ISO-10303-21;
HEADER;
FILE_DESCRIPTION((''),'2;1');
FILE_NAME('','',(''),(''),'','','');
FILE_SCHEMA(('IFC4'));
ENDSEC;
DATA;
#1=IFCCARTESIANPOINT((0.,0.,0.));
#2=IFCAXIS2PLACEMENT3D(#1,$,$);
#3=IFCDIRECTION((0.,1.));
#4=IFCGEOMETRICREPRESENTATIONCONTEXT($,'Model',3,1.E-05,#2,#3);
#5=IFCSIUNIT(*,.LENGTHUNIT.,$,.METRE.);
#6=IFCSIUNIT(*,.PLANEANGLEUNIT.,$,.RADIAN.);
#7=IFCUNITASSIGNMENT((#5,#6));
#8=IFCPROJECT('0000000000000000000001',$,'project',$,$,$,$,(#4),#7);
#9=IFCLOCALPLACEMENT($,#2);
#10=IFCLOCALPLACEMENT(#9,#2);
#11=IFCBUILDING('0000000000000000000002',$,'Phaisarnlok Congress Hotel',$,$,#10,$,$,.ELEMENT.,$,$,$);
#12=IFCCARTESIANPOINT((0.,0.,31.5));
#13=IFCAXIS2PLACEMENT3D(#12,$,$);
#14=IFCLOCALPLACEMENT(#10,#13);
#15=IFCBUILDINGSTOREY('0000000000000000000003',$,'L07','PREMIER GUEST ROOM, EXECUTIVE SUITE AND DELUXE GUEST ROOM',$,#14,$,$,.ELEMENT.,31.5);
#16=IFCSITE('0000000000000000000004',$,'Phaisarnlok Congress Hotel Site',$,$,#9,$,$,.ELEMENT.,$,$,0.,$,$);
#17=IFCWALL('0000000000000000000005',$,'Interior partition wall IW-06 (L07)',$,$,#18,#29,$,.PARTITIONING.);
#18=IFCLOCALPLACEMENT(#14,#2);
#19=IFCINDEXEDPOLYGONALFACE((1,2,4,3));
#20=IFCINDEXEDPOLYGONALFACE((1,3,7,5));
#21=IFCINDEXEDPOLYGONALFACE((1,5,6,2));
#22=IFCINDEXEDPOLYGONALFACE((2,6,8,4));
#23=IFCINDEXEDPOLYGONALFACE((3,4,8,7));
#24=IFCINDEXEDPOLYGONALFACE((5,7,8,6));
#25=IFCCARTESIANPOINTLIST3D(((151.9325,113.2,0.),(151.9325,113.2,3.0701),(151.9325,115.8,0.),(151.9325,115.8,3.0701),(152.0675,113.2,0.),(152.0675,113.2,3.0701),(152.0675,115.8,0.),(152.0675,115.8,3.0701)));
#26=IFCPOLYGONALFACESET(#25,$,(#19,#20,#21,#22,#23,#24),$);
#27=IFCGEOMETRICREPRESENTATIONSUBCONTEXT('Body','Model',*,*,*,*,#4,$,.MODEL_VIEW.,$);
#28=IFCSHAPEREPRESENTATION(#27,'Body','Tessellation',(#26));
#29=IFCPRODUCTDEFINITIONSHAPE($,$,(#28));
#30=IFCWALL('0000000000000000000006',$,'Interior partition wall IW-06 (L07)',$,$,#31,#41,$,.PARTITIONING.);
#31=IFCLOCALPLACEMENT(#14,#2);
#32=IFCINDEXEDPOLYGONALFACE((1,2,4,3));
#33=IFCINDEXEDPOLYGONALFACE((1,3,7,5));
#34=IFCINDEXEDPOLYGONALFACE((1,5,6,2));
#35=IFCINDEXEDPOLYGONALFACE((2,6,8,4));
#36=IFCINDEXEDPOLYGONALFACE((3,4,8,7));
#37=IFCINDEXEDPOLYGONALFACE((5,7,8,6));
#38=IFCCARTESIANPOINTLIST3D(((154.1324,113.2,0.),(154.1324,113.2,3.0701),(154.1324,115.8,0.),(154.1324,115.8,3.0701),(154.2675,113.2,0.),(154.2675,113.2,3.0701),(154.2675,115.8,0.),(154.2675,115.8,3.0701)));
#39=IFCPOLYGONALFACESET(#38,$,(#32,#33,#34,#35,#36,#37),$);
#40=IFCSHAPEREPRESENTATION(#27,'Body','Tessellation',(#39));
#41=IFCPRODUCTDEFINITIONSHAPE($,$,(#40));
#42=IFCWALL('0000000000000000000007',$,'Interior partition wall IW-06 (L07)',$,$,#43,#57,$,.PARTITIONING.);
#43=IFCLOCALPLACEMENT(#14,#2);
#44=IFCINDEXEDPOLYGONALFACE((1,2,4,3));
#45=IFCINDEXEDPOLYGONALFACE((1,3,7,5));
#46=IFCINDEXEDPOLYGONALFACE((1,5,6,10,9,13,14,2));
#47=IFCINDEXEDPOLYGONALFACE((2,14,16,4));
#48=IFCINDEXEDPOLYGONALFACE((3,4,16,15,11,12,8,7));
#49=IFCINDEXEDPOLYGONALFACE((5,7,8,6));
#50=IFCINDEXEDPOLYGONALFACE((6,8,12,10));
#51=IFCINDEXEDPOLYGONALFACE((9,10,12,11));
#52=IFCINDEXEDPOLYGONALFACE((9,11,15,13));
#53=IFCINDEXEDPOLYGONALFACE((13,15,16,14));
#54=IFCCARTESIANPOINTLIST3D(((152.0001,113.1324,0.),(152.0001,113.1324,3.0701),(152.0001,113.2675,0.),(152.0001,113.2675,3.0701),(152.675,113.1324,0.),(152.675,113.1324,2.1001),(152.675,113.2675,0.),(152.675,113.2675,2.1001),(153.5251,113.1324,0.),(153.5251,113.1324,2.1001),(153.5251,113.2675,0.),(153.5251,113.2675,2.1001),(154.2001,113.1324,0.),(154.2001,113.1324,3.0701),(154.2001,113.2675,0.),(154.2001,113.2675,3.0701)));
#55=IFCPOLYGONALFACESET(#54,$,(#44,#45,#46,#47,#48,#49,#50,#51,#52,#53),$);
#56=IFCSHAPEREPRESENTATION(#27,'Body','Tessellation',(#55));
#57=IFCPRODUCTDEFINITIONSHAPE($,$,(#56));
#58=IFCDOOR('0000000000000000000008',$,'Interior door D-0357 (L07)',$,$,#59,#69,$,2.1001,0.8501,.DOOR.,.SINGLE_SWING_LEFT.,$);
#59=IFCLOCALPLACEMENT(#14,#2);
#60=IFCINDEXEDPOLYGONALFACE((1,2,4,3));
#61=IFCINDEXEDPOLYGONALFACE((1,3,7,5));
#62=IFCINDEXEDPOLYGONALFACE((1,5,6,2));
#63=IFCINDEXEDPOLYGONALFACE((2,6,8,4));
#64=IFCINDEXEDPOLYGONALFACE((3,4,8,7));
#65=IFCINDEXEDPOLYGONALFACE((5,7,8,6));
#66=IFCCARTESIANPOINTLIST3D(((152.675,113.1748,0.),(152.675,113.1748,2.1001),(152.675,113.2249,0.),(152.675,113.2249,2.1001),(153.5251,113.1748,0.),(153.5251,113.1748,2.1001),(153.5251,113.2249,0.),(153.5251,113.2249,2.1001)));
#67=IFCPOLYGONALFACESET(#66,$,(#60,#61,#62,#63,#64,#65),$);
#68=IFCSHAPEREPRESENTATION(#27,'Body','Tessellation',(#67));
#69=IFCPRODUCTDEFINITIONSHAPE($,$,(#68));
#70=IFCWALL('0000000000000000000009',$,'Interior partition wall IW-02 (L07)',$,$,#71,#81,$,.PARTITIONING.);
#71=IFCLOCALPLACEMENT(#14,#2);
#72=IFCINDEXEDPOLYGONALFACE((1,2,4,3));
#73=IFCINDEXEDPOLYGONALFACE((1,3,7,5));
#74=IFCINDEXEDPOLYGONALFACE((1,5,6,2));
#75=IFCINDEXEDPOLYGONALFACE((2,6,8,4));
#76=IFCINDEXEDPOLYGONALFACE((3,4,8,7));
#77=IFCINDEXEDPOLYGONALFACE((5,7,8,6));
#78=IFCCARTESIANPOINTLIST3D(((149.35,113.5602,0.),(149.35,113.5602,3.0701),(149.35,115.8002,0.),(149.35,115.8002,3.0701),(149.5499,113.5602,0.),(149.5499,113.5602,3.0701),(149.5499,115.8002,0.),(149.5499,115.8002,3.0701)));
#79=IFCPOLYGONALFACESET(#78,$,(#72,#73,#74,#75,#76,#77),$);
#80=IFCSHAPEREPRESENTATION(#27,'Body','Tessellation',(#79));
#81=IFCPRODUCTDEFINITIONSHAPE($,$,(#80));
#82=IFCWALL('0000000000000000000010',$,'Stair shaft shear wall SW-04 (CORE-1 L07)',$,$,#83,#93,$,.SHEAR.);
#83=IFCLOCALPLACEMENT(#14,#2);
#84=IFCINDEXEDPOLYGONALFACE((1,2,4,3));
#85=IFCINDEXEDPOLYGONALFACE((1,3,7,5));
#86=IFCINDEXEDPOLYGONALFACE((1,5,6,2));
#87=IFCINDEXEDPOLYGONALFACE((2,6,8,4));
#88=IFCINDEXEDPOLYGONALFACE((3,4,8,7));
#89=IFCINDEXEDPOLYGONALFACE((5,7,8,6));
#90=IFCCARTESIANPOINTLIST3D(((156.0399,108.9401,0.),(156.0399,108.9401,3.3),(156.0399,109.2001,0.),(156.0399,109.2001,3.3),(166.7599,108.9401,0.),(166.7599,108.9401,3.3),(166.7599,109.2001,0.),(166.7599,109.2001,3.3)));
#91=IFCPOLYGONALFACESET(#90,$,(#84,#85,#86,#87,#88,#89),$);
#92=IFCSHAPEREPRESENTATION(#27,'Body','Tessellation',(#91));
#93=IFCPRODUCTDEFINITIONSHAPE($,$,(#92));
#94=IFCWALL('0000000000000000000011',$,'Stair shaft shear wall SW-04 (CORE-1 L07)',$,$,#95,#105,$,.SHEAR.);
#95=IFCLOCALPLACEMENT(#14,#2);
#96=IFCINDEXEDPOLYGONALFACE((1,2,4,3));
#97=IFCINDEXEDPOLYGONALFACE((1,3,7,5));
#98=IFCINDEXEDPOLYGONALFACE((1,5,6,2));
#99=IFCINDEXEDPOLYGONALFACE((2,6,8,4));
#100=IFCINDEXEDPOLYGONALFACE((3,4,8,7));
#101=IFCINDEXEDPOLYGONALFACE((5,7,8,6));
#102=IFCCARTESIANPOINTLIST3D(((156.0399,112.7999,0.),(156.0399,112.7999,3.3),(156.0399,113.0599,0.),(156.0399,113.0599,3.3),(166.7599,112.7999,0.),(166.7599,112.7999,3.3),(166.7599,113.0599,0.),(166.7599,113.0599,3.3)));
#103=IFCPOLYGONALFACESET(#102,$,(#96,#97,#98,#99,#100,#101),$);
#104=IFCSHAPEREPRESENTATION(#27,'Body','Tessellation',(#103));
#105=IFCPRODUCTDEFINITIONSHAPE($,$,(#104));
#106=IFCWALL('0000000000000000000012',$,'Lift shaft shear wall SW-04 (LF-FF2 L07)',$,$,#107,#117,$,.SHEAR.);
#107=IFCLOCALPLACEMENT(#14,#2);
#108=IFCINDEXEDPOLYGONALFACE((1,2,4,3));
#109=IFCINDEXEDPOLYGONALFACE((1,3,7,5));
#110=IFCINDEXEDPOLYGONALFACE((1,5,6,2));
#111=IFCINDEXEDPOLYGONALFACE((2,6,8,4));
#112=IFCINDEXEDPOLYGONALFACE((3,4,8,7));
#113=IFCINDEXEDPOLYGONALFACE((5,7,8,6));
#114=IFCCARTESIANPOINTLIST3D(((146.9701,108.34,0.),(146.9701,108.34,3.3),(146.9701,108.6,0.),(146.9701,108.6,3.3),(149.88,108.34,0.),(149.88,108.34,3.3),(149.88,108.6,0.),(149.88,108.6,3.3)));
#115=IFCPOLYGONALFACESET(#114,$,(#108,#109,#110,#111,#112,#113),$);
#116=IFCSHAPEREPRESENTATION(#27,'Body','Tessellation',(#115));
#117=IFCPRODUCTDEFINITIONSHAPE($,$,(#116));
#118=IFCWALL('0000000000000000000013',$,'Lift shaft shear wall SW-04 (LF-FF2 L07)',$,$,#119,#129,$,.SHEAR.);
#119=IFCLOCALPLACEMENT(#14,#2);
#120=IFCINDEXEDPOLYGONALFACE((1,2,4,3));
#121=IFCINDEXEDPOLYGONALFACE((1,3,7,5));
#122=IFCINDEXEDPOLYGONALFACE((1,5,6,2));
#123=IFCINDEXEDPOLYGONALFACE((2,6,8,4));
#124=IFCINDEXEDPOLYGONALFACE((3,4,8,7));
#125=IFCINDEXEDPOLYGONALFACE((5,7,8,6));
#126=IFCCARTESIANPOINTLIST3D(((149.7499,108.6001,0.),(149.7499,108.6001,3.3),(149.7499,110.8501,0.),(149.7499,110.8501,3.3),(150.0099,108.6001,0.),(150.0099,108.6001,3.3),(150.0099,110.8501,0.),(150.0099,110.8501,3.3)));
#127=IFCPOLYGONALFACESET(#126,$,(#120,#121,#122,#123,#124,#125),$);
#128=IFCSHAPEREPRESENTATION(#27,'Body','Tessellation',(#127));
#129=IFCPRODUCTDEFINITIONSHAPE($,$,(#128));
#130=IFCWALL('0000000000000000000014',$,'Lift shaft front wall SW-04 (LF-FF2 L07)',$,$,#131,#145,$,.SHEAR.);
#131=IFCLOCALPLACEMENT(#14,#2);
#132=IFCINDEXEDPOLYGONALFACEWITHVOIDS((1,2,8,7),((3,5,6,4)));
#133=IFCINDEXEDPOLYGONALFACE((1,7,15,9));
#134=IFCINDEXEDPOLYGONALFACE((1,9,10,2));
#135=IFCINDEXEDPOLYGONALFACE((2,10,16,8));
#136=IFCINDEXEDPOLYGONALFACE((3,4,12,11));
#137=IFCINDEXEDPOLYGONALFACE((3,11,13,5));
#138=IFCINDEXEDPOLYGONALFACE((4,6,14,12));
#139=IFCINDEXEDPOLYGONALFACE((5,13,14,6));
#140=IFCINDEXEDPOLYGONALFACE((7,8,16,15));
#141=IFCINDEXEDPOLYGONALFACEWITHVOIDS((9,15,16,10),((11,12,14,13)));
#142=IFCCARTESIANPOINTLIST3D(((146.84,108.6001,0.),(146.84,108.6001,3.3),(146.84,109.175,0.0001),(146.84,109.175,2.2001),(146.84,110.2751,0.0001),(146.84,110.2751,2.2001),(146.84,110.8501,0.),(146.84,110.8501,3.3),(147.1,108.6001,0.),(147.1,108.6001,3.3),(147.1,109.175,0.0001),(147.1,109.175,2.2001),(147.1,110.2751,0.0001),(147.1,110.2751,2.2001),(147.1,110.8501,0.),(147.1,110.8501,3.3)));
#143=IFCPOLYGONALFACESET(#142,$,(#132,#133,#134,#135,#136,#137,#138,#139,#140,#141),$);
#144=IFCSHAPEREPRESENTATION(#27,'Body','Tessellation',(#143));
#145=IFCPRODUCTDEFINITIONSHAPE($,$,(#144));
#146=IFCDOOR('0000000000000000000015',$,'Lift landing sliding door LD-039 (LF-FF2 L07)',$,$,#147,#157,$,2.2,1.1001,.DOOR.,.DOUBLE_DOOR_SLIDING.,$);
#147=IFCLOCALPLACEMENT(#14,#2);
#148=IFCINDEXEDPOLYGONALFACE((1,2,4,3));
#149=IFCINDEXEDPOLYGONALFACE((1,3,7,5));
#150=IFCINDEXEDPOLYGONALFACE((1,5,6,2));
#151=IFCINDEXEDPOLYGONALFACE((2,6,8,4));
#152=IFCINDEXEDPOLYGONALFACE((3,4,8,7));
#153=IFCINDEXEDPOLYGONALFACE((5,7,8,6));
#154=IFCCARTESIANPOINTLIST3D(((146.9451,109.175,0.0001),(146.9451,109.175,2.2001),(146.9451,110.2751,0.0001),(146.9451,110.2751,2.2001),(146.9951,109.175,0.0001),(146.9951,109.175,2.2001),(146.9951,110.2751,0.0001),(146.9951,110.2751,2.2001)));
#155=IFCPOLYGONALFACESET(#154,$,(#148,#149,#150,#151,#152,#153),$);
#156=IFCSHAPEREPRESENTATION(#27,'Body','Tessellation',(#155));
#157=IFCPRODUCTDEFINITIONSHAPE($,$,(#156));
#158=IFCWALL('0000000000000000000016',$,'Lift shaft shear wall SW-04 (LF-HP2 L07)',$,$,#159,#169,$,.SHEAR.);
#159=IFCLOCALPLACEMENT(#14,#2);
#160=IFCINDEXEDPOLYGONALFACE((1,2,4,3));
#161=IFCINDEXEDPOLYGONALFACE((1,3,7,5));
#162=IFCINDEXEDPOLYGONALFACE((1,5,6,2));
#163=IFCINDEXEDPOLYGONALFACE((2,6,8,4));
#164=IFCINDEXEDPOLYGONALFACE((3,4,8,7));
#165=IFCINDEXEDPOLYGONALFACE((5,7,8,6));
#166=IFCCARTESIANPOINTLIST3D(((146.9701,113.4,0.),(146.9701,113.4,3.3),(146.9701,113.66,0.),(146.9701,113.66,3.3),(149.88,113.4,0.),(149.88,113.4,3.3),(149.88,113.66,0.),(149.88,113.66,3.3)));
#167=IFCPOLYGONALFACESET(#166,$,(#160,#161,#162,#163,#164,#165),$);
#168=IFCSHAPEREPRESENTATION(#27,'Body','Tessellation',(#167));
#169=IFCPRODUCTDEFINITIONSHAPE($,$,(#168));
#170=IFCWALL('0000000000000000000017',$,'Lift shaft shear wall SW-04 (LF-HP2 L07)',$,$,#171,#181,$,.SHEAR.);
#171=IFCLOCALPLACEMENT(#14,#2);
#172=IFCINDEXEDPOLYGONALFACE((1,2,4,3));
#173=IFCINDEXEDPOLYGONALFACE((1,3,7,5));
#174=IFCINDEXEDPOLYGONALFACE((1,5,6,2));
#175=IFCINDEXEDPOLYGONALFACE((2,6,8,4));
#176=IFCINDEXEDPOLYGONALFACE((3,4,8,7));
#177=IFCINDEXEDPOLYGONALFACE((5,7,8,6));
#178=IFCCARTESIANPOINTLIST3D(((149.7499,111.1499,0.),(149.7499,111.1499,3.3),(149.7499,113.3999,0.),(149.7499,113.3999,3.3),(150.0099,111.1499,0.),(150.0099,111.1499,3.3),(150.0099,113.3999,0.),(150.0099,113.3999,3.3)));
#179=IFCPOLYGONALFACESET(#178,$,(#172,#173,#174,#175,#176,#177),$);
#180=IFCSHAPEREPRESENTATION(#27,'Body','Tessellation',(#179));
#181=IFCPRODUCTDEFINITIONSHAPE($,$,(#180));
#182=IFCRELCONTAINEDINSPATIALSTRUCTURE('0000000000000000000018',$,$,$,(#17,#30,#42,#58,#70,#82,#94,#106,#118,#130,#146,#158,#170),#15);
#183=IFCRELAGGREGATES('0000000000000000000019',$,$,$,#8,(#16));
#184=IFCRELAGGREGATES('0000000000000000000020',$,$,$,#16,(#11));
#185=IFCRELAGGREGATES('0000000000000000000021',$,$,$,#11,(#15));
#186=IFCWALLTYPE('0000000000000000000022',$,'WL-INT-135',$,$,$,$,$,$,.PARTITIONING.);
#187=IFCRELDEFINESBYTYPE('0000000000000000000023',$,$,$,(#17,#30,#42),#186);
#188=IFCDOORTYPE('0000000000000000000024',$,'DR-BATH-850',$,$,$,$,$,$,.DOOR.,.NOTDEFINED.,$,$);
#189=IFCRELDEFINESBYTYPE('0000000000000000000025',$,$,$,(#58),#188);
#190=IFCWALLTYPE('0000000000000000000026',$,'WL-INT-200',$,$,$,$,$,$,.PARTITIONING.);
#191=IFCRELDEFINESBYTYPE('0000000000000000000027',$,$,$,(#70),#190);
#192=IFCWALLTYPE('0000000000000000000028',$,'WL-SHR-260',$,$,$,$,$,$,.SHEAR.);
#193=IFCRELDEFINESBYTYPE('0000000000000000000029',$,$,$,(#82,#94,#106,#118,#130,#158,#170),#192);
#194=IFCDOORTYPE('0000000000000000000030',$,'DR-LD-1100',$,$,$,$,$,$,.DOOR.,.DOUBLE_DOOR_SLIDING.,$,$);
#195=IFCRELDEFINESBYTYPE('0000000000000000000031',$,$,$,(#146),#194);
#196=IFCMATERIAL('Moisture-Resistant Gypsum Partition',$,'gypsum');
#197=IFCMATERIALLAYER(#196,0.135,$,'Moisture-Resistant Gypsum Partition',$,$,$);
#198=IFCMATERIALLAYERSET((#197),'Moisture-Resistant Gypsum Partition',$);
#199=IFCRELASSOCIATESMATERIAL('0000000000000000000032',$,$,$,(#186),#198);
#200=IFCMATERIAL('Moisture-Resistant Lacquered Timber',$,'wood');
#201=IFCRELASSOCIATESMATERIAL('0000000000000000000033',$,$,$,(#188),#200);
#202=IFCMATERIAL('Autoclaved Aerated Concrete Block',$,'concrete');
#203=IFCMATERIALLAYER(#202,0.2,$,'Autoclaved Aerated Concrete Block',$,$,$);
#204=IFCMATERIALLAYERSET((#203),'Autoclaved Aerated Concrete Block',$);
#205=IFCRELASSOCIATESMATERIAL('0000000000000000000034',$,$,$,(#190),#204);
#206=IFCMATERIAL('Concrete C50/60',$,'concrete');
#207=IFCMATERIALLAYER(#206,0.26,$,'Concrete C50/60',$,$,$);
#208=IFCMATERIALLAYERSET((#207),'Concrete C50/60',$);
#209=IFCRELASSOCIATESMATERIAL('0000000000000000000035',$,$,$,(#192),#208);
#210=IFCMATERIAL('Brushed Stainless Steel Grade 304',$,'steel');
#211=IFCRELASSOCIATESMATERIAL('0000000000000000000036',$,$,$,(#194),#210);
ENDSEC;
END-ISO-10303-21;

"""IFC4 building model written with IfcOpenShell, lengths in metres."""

from ifc_helpers import new_model, si_unit, direction, frame, frame_2d, origin, place, context, subcontext, project, spatial, rectangle, extrude, material, layer, layer_set, type_object, element, fill, save


model = new_model("IFC4")

# Units and contexts
model_context = context("Model", 3, precision=1e-05, world=origin(), true_north=direction((0.0, 1.0)))
body_context = subcontext(model_context, "Body", "Model", "MODEL_VIEW")
ifc_project = project(units=[si_unit("LENGTHUNIT", "METRE"), si_unit("PLANEANGLEUNIT", "RADIAN")], contexts=[model_context])

# Site, building, storey
site_placement = place(None, origin())
site = spatial("IfcSite", under=ifc_project, at=site_placement, Name="Phaisarnlok Congress Hotel Site", CompositionType="ELEMENT", RefElevation=0.0)
building_placement = place(site_placement, origin())
building = spatial("IfcBuilding", under=site, at=building_placement, Name="Phaisarnlok Congress Hotel", CompositionType="ELEMENT")
storey_placement = place(building_placement, frame((0.0, 0.0, 31.5)))
storey = spatial("IfcBuildingStorey", under=building, at=storey_placement, Name="L07", Description="PREMIER GUEST ROOM, EXECUTIVE SUITE AND DELUXE GUEST ROOM", CompositionType="ELEMENT", Elevation=31.5)

# Shared definitions
ifc_material_1 = material(Name="Concrete C50/60", Category="concrete")

# Walls
ifc_material_2 = material(Name="Moisture-Resistant Gypsum Partition", Category="gypsum")
ifc_layer_1 = layer(ifc_material_2, 0.135, Name="Moisture-Resistant Gypsum Partition")
ifc_layer_set_1 = layer_set([ifc_layer_1], Name="Moisture-Resistant Gypsum Partition")
wall_type_1 = type_object("IfcWallType", Name="WL-INT-135", PredefinedType="PARTITIONING", material=ifc_layer_set_1)
for number, where, z_axis, x_axis, name in (
    (1, (152.0, 113.2, 0.0), (0.0, 0.0, 1.0), (0.0, 1.0, 0.0), "Interior partition wall IW-06 (L07)"),
    (2, (154.2, 113.2, 0.0), (0.0, 0.0, 1.0), (0.0, 1.0, 0.0), "Interior partition wall IW-06 (L07)"),
):
    element("IfcWall", number, at=place(storey_placement, frame(where, z_axis=z_axis, x_axis=x_axis)), inside=storey, type_object=wall_type_1, Name=name, PredefinedType="PARTITIONING", context=body_context, shape_type="SweptSolid", body=[
        extrude(rectangle(XDim=2.6001, YDim=0.135, at=frame_2d((1.3, 0.0))), origin(), (0.0, 0.0, 1.0), 3.0701),
    ])

# Wall, opening, door
wall_1_placement = place(storey_placement, frame((152.0, 113.2, 0.0), z_axis=(0.0, 0.0, 1.0), x_axis=(1.0, 0.0, 0.0)))
wall_1 = element("IfcWall", 3, at=wall_1_placement, inside=storey, type_object=wall_type_1, Name="Interior partition wall IW-06 (L07)", PredefinedType="PARTITIONING", context=body_context, shape_type="SweptSolid", body=[
    extrude(rectangle(XDim=2.2, YDim=0.135, at=frame_2d((1.1001, 0.0))), origin(), (0.0, 0.0, 1.0), 3.0701),
])
opening_1_placement = place(wall_1_placement, frame((0.675, 0.0, 0.0)))
opening_1 = element("IfcOpeningElement", 4, at=opening_1_placement, cuts=wall_1, PredefinedType="OPENING", context=body_context, shape_type="SweptSolid", body=[
    extrude(rectangle(XDim=0.8501, YDim=2.1001, at=frame_2d((0.425, 1.05))), frame((0.0, 0.0776, 0.0), z_axis=(0.0, -1.0, 0.0), x_axis=(1.0, 0.0, 0.0)), (0.0, 0.0, 1.0), 0.155),
])
ifc_material_3 = material(Name="Moisture-Resistant Lacquered Timber", Category="wood")
door_type_1 = type_object("IfcDoorType", Name="DR-BATH-850", OperationType="NOTDEFINED", PredefinedType="DOOR", material=ifc_material_3)
door_1_placement = place(opening_1_placement, origin())
door_1 = element("IfcDoor", 5, at=door_1_placement, inside=storey, type_object=door_type_1, Name="Interior door D-0357 (L07)", OperationType="SINGLE_SWING_LEFT", OverallHeight=2.1001, OverallWidth=0.8501, PredefinedType="DOOR", context=body_context, shape_type="SweptSolid", body=[
    extrude(rectangle(XDim=0.8501, YDim=2.1001, at=frame_2d((0.425, 1.05))), frame((0.0, 0.0249, 0.0), z_axis=(0.0, -1.0, 0.0), x_axis=(1.0, 0.0, 0.0)), (0.0, 0.0, 1.0), 0.05),
])
fill(opening_1, door_1)

# Walls
ifc_material_4 = material(Name="Autoclaved Aerated Concrete Block", Category="concrete")
ifc_layer_2 = layer(ifc_material_4, 0.2, Name="Autoclaved Aerated Concrete Block")
ifc_layer_set_2 = layer_set([ifc_layer_2], Name="Autoclaved Aerated Concrete Block")
wall_type_2 = type_object("IfcWallType", Name="WL-INT-200", PredefinedType="PARTITIONING", material=ifc_layer_set_2)
wall_2_placement = place(storey_placement, frame((149.45, 113.5601, 0.0), z_axis=(0.0, 0.0, 1.0), x_axis=(0.0, 1.0, 0.0)))
element("IfcWall", 6, at=wall_2_placement, inside=storey, type_object=wall_type_2, Name="Interior partition wall IW-02 (L07)", PredefinedType="PARTITIONING", context=body_context, shape_type="SweptSolid", body=[
    extrude(rectangle(XDim=2.24, YDim=0.2, at=frame_2d((1.1201, 0.0))), origin(), (0.0, 0.0, 1.0), 3.0701),
])
ifc_layer_3 = layer(ifc_material_1, 0.26, Name="Concrete C50/60")
ifc_layer_set_3 = layer_set([ifc_layer_3], Name="Concrete C50/60")
wall_type_3 = type_object("IfcWallType", Name="WL-SHR-260", PredefinedType="SHEAR", material=ifc_layer_set_3)
for number, where, z_axis, x_axis, name in (
    (7, (156.04, 109.0701, 0.0), (0.0, 0.0, 1.0), (1.0, 0.0, 0.0), "Stair shaft shear wall SW-04 (CORE-1 L07)"),
    (8, (156.04, 112.9299, 0.0), (0.0, 0.0, 1.0), (1.0, 0.0, 0.0), "Stair shaft shear wall SW-04 (CORE-1 L07)"),
):
    element("IfcWall", number, at=place(storey_placement, frame(where, z_axis=z_axis, x_axis=x_axis)), inside=storey, type_object=wall_type_3, Name=name, PredefinedType="SHEAR", context=body_context, shape_type="SweptSolid", body=[
        extrude(rectangle(XDim=10.72, YDim=0.26, at=frame_2d((5.3599, 0.0))), origin(), (0.0, 0.0, 1.0), 3.3),
    ])
wall_3_placement = place(storey_placement, frame((146.97, 108.47, 0.0), z_axis=(0.0, 0.0, 1.0), x_axis=(1.0, 0.0, 0.0)))
element("IfcWall", 9, at=wall_3_placement, inside=storey, type_object=wall_type_3, Name="Lift shaft shear wall SW-04 (LF-FF2 L07)", PredefinedType="SHEAR", context=body_context, shape_type="SweptSolid", body=[
    extrude(rectangle(XDim=2.9099, YDim=0.26, at=frame_2d((1.4551, 0.0))), origin(), (0.0, 0.0, 1.0), 3.3),
])
wall_4_placement = place(storey_placement, frame((149.8799, 108.6001, 0.0), z_axis=(0.0, 0.0, 1.0), x_axis=(0.0, 1.0, 0.0)))
element("IfcWall", 10, at=wall_4_placement, inside=storey, type_object=wall_type_3, Name="Lift shaft shear wall SW-04 (LF-FF2 L07)", PredefinedType="SHEAR", context=body_context, shape_type="SweptSolid", body=[
    extrude(rectangle(XDim=2.25, YDim=0.26, at=frame_2d((1.125, 0.0))), origin(), (0.0, 0.0, 1.0), 3.3),
])

# Wall, opening, door
wall_5_placement = place(storey_placement, frame((146.97, 108.6001, 0.0), z_axis=(0.0, 0.0, 1.0), x_axis=(0.0, 1.0, 0.0)))
wall_5 = element("IfcWall", 11, at=wall_5_placement, inside=storey, type_object=wall_type_3, Name="Lift shaft front wall SW-04 (LF-FF2 L07)", PredefinedType="SHEAR", context=body_context, shape_type="SweptSolid", body=[
    extrude(rectangle(XDim=2.25, YDim=0.26, at=frame_2d((1.125, 0.0))), origin(), (0.0, 0.0, 1.0), 3.3),
])
opening_2_placement = place(wall_5_placement, frame((0.575, 0.0, 0.0)))
opening_2 = element("IfcOpeningElement", 12, at=opening_2_placement, cuts=wall_5, PredefinedType="OPENING", context=body_context, shape_type="SweptSolid", body=[
    extrude(rectangle(XDim=1.1001, YDim=2.2, at=frame_2d((0.55, 1.1001))), frame((0.0, 0.1401, 0.0), z_axis=(0.0, -1.0, 0.0), x_axis=(1.0, 0.0, 0.0)), (0.0, 0.0, 1.0), 0.28),
])
ifc_material_5 = material(Name="Brushed Stainless Steel Grade 304", Category="steel")
door_type_2 = type_object("IfcDoorType", Name="DR-LD-1100", OperationType="DOUBLE_DOOR_SLIDING", PredefinedType="DOOR", material=ifc_material_5)
door_2_placement = place(opening_2_placement, origin())
door_2 = element("IfcDoor", 13, at=door_2_placement, inside=storey, type_object=door_type_2, Name="Lift landing sliding door LD-039 (LF-FF2 L07)", OperationType="DOUBLE_DOOR_SLIDING", OverallHeight=2.2, OverallWidth=1.1001, PredefinedType="DOOR", context=body_context, shape_type="SweptSolid", body=[
    extrude(rectangle(XDim=1.1001, YDim=2.2, at=frame_2d((0.55, 1.1001))), frame((0.0, 0.0249, 0.0), z_axis=(0.0, -1.0, 0.0), x_axis=(1.0, 0.0, 0.0)), (0.0, 0.0, 1.0), 0.05),
])
fill(opening_2, door_2)

# Walls
wall_6_placement = place(storey_placement, frame((146.97, 113.53, 0.0), z_axis=(0.0, 0.0, 1.0), x_axis=(1.0, 0.0, 0.0)))
element("IfcWall", 14, at=wall_6_placement, inside=storey, type_object=wall_type_3, Name="Lift shaft shear wall SW-04 (LF-HP2 L07)", PredefinedType="SHEAR", context=body_context, shape_type="SweptSolid", body=[
    extrude(rectangle(XDim=2.9099, YDim=0.26, at=frame_2d((1.4551, 0.0))), origin(), (0.0, 0.0, 1.0), 3.3),
])
wall_7_placement = place(storey_placement, frame((149.8799, 111.1499, 0.0), z_axis=(0.0, 0.0, 1.0), x_axis=(0.0, 1.0, 0.0)))
element("IfcWall", 15, at=wall_7_placement, inside=storey, type_object=wall_type_3, Name="Lift shaft shear wall SW-04 (LF-HP2 L07)", PredefinedType="SHEAR", context=body_context, shape_type="SweptSolid", body=[
    extrude(rectangle(XDim=2.25, YDim=0.26, at=frame_2d((1.125, 0.0))), origin(), (0.0, 0.0, 1.0), 3.3),
])

save(model, "model.ifc")
